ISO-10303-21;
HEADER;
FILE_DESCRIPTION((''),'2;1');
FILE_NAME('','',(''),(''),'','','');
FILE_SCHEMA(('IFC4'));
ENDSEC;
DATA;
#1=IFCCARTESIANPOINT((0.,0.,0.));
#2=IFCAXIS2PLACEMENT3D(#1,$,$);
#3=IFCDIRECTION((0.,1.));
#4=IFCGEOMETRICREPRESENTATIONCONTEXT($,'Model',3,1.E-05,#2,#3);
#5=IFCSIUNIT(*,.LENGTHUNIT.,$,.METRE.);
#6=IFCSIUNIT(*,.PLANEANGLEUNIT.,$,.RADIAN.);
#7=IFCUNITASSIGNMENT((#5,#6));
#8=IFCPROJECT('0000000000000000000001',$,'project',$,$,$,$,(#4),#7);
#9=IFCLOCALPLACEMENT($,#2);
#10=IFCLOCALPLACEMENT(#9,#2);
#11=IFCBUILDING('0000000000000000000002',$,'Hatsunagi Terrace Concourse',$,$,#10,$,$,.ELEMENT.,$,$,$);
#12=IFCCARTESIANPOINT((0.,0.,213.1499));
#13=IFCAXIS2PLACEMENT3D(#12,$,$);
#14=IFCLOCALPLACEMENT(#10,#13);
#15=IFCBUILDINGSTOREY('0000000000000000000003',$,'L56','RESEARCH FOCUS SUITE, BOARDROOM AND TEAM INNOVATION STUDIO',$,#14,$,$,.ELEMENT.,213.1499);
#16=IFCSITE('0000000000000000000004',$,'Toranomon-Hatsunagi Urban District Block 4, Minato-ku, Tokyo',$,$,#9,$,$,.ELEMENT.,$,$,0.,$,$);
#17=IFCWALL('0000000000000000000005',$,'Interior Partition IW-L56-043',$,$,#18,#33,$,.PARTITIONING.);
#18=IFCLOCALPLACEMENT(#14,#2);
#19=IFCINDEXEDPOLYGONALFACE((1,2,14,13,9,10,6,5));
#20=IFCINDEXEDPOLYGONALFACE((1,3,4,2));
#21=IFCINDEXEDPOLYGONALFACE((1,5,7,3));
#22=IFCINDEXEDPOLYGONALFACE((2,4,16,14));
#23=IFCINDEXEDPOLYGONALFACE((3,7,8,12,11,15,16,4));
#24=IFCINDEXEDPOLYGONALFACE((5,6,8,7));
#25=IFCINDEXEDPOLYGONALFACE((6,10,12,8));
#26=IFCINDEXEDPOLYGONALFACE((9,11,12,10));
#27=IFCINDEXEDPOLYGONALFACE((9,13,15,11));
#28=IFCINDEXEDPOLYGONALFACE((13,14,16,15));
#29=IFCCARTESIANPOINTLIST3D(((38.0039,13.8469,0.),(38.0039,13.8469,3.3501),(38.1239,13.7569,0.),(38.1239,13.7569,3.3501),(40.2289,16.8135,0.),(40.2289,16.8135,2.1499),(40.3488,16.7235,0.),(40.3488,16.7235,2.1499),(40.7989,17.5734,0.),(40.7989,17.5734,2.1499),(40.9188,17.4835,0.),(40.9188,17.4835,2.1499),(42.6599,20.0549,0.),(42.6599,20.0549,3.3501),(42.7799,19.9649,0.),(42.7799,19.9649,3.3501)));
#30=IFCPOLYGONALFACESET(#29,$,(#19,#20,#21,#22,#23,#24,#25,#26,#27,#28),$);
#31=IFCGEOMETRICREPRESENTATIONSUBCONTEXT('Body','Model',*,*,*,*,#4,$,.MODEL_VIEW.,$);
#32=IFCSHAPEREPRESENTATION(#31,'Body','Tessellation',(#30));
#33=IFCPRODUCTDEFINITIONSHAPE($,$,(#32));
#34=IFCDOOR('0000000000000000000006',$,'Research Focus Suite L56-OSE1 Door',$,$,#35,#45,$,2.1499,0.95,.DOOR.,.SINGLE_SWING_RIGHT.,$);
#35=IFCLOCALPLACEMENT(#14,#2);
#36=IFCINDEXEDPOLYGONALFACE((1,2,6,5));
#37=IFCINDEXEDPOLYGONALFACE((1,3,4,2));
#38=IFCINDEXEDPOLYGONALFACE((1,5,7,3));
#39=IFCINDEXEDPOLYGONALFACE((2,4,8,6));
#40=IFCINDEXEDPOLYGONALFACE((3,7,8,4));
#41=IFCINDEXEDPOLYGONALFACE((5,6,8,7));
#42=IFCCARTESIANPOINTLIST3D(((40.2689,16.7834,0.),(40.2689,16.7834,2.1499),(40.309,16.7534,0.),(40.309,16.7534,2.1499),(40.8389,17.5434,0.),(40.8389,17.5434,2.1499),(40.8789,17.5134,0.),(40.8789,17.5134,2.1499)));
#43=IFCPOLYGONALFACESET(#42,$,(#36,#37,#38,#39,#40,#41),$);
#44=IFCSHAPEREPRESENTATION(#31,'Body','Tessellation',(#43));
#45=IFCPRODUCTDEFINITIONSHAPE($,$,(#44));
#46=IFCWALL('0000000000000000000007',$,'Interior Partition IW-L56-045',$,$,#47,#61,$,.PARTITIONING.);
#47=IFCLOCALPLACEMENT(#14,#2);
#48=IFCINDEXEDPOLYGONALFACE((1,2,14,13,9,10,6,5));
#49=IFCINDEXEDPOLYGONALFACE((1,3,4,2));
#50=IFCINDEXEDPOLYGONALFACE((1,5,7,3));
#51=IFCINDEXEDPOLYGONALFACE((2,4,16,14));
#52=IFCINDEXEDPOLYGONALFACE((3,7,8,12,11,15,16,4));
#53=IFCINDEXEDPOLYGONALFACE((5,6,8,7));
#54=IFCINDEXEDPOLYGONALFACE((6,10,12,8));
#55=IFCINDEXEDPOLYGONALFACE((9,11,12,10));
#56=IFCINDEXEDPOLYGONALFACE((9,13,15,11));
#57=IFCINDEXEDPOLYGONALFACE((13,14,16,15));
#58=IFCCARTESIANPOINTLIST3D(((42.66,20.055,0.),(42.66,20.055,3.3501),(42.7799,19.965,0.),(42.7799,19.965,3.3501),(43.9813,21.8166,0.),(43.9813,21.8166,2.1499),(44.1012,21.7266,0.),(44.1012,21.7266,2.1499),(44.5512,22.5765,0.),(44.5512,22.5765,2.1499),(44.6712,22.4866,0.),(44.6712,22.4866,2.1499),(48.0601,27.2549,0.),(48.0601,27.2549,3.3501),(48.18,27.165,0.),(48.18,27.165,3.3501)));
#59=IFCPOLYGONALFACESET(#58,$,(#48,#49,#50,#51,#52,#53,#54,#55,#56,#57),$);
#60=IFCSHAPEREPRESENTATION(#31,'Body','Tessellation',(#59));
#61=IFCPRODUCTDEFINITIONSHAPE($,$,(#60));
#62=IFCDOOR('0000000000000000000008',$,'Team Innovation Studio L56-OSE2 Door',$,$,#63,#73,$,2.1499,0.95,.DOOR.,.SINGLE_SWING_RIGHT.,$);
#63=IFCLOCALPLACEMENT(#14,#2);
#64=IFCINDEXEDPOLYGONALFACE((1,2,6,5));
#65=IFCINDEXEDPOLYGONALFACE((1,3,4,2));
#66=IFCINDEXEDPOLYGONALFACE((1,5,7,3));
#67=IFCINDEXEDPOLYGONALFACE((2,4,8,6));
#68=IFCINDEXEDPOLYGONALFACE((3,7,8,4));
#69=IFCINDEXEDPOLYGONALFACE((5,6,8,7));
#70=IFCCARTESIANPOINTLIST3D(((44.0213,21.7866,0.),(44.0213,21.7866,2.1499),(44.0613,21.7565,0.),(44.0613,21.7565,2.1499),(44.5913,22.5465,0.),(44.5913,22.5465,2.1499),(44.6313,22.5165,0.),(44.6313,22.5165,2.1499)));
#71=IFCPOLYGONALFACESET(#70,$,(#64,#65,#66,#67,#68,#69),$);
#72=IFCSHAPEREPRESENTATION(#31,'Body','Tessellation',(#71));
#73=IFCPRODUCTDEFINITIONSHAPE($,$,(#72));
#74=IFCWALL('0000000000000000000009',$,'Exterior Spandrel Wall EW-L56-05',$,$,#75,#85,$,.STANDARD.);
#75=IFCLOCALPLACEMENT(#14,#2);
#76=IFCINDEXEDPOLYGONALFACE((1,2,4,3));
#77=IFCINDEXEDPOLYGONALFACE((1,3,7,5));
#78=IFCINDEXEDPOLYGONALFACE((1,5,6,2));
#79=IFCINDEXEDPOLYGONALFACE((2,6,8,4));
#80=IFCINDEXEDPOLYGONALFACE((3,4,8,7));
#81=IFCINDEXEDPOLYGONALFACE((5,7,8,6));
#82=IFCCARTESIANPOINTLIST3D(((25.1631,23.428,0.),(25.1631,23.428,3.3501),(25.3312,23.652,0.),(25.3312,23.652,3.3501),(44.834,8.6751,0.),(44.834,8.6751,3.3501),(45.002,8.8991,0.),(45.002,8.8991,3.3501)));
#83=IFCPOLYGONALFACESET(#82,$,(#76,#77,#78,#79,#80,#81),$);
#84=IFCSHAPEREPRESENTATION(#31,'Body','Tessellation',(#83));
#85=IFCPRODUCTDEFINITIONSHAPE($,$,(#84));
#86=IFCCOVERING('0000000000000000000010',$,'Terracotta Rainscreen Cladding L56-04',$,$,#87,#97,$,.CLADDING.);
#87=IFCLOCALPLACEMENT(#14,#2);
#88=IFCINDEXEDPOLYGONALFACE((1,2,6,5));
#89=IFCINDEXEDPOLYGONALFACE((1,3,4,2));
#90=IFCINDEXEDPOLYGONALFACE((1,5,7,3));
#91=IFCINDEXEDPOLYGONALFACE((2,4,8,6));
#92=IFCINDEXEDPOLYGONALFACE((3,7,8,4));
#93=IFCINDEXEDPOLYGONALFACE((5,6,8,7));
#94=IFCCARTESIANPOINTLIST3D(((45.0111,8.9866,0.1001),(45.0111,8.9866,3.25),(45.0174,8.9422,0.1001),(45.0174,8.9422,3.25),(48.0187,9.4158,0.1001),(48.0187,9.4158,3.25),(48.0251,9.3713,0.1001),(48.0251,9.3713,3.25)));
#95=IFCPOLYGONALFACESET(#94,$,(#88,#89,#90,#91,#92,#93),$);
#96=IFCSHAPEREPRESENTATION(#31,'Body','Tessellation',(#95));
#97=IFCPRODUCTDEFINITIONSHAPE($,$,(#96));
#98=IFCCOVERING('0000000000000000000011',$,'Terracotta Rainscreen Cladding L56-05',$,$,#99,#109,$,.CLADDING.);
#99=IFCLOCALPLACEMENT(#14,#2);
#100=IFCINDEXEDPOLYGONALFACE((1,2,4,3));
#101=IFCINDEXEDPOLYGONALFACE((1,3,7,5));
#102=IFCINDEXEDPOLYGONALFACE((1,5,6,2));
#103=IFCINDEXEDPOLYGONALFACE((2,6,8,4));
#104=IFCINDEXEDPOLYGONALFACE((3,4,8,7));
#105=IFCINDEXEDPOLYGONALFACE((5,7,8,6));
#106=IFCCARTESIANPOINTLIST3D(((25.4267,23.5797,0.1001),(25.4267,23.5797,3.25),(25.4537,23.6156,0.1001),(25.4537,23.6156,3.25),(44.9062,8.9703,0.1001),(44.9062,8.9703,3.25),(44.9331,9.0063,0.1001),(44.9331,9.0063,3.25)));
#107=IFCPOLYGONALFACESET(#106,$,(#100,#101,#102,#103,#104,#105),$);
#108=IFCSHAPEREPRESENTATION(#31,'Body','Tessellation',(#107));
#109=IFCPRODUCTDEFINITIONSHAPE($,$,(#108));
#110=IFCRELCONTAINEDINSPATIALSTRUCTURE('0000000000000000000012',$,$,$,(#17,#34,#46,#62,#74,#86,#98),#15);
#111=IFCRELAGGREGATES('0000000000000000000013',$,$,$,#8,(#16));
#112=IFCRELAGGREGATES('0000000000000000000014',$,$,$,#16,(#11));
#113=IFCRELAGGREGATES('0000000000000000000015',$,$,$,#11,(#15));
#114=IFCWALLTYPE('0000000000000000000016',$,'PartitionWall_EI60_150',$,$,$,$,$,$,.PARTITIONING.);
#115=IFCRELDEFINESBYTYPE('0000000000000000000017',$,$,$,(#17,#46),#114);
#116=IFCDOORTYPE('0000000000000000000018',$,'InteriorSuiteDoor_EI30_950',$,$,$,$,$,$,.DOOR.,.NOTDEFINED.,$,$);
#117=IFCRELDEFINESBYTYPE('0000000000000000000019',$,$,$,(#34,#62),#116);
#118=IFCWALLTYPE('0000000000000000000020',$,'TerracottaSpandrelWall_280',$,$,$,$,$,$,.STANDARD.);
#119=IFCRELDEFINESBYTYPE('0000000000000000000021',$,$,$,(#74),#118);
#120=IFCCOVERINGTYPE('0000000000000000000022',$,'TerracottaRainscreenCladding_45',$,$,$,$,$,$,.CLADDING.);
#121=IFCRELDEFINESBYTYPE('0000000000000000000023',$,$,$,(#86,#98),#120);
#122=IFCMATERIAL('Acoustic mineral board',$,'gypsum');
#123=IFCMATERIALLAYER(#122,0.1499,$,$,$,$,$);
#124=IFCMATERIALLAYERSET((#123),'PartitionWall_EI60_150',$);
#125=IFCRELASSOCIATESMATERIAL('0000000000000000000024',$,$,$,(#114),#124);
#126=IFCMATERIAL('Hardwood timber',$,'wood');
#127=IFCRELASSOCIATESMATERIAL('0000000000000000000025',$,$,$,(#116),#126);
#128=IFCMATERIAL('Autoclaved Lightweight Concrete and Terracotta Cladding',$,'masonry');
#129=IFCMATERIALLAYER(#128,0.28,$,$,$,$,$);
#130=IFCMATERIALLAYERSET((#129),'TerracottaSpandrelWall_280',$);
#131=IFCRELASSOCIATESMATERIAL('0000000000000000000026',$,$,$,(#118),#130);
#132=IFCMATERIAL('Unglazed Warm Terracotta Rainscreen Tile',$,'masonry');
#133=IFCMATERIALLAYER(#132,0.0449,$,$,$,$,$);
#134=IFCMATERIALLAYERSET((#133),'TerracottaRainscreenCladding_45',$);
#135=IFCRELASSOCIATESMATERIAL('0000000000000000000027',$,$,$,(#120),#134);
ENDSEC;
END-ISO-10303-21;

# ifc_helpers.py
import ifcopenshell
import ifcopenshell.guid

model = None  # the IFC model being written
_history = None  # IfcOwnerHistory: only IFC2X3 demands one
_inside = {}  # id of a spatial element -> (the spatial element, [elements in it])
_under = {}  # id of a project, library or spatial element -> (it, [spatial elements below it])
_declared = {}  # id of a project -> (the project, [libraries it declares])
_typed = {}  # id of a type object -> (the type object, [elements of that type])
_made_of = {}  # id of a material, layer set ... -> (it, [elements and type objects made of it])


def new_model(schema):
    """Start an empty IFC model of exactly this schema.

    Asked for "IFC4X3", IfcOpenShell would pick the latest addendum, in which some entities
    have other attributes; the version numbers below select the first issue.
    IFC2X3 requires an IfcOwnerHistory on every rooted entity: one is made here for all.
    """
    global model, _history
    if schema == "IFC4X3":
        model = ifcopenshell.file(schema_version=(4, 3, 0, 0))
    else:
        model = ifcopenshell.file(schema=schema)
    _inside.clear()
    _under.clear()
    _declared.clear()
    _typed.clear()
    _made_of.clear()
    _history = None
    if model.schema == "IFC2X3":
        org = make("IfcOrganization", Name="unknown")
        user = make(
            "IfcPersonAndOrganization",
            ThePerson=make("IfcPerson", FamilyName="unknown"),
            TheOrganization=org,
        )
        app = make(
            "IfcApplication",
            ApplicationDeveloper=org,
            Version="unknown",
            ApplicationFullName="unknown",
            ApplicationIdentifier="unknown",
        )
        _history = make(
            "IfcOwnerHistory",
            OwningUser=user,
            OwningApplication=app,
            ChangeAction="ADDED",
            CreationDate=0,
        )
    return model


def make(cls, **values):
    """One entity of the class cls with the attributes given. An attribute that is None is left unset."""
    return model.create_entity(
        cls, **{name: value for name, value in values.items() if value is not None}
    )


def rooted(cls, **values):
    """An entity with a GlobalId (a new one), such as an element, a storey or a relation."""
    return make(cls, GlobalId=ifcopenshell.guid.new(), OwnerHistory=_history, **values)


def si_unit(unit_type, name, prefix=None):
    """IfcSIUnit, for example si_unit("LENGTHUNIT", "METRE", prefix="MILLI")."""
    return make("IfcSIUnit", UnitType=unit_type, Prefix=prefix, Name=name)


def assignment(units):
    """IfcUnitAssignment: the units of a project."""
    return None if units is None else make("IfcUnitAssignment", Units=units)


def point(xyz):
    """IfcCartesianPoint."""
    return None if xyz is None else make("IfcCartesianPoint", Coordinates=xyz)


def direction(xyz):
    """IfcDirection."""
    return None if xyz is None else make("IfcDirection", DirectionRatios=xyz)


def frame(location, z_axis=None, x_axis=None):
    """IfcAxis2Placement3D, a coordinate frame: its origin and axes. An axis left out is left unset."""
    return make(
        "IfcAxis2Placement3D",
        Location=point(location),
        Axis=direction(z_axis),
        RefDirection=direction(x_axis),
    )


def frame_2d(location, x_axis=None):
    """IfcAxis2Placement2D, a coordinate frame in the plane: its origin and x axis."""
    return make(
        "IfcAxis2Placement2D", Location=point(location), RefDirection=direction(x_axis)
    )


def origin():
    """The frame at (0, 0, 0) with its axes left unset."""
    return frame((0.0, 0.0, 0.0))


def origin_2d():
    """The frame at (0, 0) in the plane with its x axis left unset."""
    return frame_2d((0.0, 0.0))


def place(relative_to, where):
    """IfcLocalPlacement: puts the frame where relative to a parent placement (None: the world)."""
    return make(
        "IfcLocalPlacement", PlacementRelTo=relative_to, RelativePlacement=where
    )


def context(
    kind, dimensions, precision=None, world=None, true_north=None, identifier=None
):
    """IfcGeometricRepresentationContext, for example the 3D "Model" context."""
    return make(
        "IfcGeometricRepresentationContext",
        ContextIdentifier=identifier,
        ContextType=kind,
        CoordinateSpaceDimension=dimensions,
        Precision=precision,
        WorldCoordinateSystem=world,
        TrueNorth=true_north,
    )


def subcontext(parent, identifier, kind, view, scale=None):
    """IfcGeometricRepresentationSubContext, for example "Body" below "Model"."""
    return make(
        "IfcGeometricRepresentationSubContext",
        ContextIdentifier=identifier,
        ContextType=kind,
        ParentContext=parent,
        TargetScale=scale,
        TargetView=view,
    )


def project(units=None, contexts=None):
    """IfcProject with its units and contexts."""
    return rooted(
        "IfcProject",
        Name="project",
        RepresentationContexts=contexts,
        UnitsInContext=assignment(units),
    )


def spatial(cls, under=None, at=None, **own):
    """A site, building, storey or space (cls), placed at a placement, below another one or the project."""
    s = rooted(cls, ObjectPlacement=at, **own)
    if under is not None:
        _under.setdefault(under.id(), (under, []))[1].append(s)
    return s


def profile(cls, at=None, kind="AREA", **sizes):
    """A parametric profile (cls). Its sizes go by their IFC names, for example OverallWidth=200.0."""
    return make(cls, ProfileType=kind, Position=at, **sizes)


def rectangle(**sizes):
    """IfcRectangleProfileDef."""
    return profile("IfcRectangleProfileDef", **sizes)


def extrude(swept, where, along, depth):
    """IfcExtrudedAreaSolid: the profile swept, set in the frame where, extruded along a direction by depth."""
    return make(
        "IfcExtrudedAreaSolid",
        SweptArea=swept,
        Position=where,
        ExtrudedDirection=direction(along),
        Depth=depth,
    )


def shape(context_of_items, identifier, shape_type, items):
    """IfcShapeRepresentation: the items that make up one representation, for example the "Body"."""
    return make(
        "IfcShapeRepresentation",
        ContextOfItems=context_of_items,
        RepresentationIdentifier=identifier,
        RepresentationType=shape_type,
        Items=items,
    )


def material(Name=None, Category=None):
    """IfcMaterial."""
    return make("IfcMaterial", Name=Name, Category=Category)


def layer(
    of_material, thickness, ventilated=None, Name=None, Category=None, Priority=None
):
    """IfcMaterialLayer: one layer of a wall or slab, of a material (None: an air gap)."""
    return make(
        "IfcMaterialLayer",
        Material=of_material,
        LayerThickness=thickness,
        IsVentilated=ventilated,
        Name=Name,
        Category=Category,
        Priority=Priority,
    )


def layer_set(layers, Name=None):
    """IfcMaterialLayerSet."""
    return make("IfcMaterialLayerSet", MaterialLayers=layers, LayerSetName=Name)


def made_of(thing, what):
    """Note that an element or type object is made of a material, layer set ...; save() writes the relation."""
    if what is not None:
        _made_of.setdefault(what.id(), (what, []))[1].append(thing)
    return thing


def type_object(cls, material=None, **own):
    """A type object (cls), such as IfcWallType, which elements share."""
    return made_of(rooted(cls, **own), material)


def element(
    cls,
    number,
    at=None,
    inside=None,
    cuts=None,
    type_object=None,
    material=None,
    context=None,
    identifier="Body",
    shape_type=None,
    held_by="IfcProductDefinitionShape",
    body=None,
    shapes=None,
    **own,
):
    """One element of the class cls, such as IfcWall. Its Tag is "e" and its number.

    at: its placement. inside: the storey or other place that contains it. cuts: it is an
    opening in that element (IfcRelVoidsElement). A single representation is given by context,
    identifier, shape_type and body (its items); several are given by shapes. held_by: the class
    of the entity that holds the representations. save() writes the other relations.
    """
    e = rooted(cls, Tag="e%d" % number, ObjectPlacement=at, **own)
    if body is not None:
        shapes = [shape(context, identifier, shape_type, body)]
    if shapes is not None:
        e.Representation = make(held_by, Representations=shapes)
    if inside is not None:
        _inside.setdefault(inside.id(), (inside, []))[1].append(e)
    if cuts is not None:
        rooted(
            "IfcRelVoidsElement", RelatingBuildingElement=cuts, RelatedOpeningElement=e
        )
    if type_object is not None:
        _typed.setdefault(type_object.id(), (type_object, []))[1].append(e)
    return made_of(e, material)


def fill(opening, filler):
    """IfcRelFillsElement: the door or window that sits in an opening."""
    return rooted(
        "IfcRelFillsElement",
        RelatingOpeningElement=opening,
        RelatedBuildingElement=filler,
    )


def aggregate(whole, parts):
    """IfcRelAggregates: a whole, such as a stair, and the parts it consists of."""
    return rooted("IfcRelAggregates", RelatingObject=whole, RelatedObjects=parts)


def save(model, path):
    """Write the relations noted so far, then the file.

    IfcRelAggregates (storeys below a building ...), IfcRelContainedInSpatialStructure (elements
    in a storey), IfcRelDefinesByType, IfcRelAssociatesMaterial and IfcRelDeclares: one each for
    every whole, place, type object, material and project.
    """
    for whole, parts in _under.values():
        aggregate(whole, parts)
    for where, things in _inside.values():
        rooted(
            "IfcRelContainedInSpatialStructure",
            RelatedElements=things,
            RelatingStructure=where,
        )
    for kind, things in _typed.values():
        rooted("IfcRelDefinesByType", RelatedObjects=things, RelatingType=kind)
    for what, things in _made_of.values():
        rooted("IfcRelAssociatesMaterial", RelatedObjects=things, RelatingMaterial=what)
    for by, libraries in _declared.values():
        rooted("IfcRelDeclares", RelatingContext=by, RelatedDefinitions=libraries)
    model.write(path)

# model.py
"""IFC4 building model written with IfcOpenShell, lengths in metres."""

from ifc_helpers import new_model, si_unit, direction, frame, frame_2d, origin, origin_2d, place, context, subcontext, project, spatial, rectangle, extrude, material, layer, layer_set, type_object, element, fill, save


model = new_model("IFC4")

# Units and contexts
model_context = context("Model", 3, precision=1e-05, world=origin(), true_north=direction((0.0, 1.0)))
body_context = subcontext(model_context, "Body", "Model", "MODEL_VIEW")
ifc_project = project(units=[si_unit("LENGTHUNIT", "METRE"), si_unit("PLANEANGLEUNIT", "RADIAN")], contexts=[model_context])

# Site, building, storey
site_placement = place(None, origin())
site = spatial("IfcSite", under=ifc_project, at=site_placement, Name="Toranomon-Hatsunagi Urban District Block 4, Minato-ku, Tokyo", CompositionType="ELEMENT", RefElevation=0.0)
building_placement = place(site_placement, origin())
building = spatial("IfcBuilding", under=site, at=building_placement, Name="Hatsunagi Terrace Concourse", CompositionType="ELEMENT")
storey_placement = place(building_placement, frame((0.0, 0.0, 213.1499)))
storey = spatial("IfcBuildingStorey", under=building, at=storey_placement, Name="L56", Description="RESEARCH FOCUS SUITE, BOARDROOM AND TEAM INNOVATION STUDIO", CompositionType="ELEMENT", Elevation=213.1499)

# Shared definitions
ifc_material_1 = material(Name="Acoustic mineral board", Category="gypsum")
ifc_layer_1 = layer(ifc_material_1, 0.1499)
ifc_layer_set_1 = layer_set([ifc_layer_1], Name="PartitionWall_EI60_150")
wall_type_1 = type_object("IfcWallType", Name="PartitionWall_EI60_150", PredefinedType="PARTITIONING", material=ifc_layer_set_1)

# Walls, openings, doors
wall_1_placement = place(storey_placement, frame((38.064, 13.802, 0.0), z_axis=(0.0, 0.0, 1.0), x_axis=(0.6, 0.8, 0.0)))
wall_1 = element("IfcWall", 1, at=wall_1_placement, inside=storey, type_object=wall_type_1, Name="Interior Partition IW-L56-043", PredefinedType="PARTITIONING", context=body_context, shape_type="SweptSolid", body=[
    extrude(rectangle(XDim=7.76, YDim=0.1499, at=frame_2d((3.8799, 0.0))), origin(), (0.0, 0.0, 1.0), 3.3501),
])
opening_1_placement = place(wall_1_placement, frame((3.708, 0.0, 0.0)))
opening_1 = element("IfcOpeningElement", 2, at=opening_1_placement, cuts=wall_1, PredefinedType="OPENING", context=body_context, shape_type="SweptSolid", body=[
    extrude(rectangle(XDim=0.95, YDim=2.1499, at=frame_2d((0.4751, 1.075))), frame((0.0, 0.085, 0.0), z_axis=(0.0, -1.0, 0.0), x_axis=(1.0, 0.0, 0.0)), (0.0, 0.0, 1.0), 0.1699),
])
ifc_material_2 = material(Name="Hardwood timber", Category="wood")
door_type = type_object("IfcDoorType", Name="InteriorSuiteDoor_EI30_950", OperationType="NOTDEFINED", PredefinedType="DOOR", material=ifc_material_2)
door_1_placement = place(opening_1_placement, origin())
door_1 = element("IfcDoor", 3, at=door_1_placement, inside=storey, type_object=door_type, Name="Research Focus Suite L56-OSE1 Door", OperationType="SINGLE_SWING_RIGHT", OverallHeight=2.1499, OverallWidth=0.95, PredefinedType="DOOR", context=body_context, shape_type="SweptSolid", body=[
    extrude(rectangle(XDim=0.95, YDim=2.1499, at=frame_2d((0.4751, 1.075))), frame((0.0, 0.0249, 0.0), z_axis=(0.0, -1.0, 0.0), x_axis=(1.0, 0.0, 0.0)), (0.0, 0.0, 1.0), 0.05),
])
fill(opening_1, door_1)
wall_2_placement = place(storey_placement, frame((42.72, 20.01, 0.0), z_axis=(0.0, 0.0, 1.0), x_axis=(0.600013, 0.79999, 0.0)))
wall_2 = element("IfcWall", 4, at=wall_2_placement, inside=storey, type_object=wall_type_1, Name="Interior Partition IW-L56-045", PredefinedType="PARTITIONING", context=body_context, shape_type="SweptSolid", body=[
    extrude(rectangle(XDim=9.0, YDim=0.1499, at=frame_2d((4.5, 0.0))), origin(), (0.0, 0.0, 1.0), 3.3501),
])
opening_2_placement = place(wall_2_placement, frame((2.2019, 0.0, 0.0)))
opening_2 = element("IfcOpeningElement", 5, at=opening_2_placement, cuts=wall_2, PredefinedType="OPENING", context=body_context, shape_type="SweptSolid", body=[
    extrude(rectangle(XDim=0.95, YDim=2.1499, at=frame_2d((0.4751, 1.075))), frame((0.0, 0.085, 0.0), z_axis=(0.0, -1.0, 0.0), x_axis=(1.0, 0.0, 0.0)), (0.0, 0.0, 1.0), 0.1699),
])
door_2_placement = place(opening_2_placement, origin())
door_2 = element("IfcDoor", 6, at=door_2_placement, inside=storey, type_object=door_type, Name="Team Innovation Studio L56-OSE2 Door", OperationType="SINGLE_SWING_RIGHT", OverallHeight=2.1499, OverallWidth=0.95, PredefinedType="DOOR", context=body_context, shape_type="SweptSolid", body=[
    extrude(rectangle(XDim=0.95, YDim=2.1499, at=frame_2d((0.4751, 1.075))), frame((0.0, 0.0249, 0.0), z_axis=(0.0, -1.0, 0.0), x_axis=(1.0, 0.0, 0.0)), (0.0, 0.0, 1.0), 0.05),
])
fill(opening_2, door_2)

# Wall
ifc_material_3 = material(Name="Autoclaved Lightweight Concrete and Terracotta Cladding", Category="masonry")
ifc_layer_2 = layer(ifc_material_3, 0.28)
ifc_layer_set_2 = layer_set([ifc_layer_2], Name="TerracottaSpandrelWall_280")
wall_type_2 = type_object("IfcWallType", Name="TerracottaSpandrelWall_280", PredefinedType="STANDARD", material=ifc_layer_set_2)
wall_3_placement = place(storey_placement, frame((44.918, 8.7871, 0.0), z_axis=(0.0, 0.0, 1.0), x_axis=(-0.800005, 0.599994, 0.0)))
element("IfcWall", 7, at=wall_3_placement, inside=storey, type_object=wall_type_2, Name="Exterior Spandrel Wall EW-L56-05", PredefinedType="STANDARD", context=body_context, shape_type="SweptSolid", body=[
    extrude(rectangle(XDim=24.5884, YDim=0.28, at=frame_2d((12.2942, 0.0))), origin(), (0.0, 0.0, 1.0), 3.3501),
])

# Coverings
ifc_material_4 = material(Name="Unglazed Warm Terracotta Rainscreen Tile", Category="masonry")
ifc_layer_3 = layer(ifc_material_4, 0.0449)
ifc_layer_set_3 = layer_set([ifc_layer_3], Name="TerracottaRainscreenCladding_45")
covering_type = type_object("IfcCoveringType", Name="TerracottaRainscreenCladding_45", PredefinedType="CLADDING", material=ifc_layer_set_3)
covering_1_placement = place(storey_placement, frame((46.5181, 9.179, 0.1001), z_axis=(0.0, 0.0, 1.0), x_axis=(-0.989974, -0.14125, 0.0)))
element("IfcCovering", 8, at=covering_1_placement, inside=storey, type_object=covering_type, Name="Terracotta Rainscreen Cladding L56-04", PredefinedType="CLADDING", context=body_context, shape_type="SweptSolid", body=[
    extrude(rectangle(XDim=3.0381, YDim=0.0449, at=origin_2d()), origin(), (0.0, 0.0, 1.0), 3.1499),
])
covering_2_placement = place(storey_placement, frame((35.1799, 16.293, 0.1001), z_axis=(0.0, 0.0, 1.0), x_axis=(-0.800005, 0.599993, 0.0)))
element("IfcCovering", 9, at=covering_2_placement, inside=storey, type_object=covering_type, Name="Terracotta Rainscreen Cladding L56-05", PredefinedType="CLADDING", context=body_context, shape_type="SweptSolid", body=[
    extrude(rectangle(XDim=24.3491, YDim=0.0449, at=origin_2d()), origin(), (0.0, 0.0, 1.0), 3.1499),
])

save(model, "model.ifc")
